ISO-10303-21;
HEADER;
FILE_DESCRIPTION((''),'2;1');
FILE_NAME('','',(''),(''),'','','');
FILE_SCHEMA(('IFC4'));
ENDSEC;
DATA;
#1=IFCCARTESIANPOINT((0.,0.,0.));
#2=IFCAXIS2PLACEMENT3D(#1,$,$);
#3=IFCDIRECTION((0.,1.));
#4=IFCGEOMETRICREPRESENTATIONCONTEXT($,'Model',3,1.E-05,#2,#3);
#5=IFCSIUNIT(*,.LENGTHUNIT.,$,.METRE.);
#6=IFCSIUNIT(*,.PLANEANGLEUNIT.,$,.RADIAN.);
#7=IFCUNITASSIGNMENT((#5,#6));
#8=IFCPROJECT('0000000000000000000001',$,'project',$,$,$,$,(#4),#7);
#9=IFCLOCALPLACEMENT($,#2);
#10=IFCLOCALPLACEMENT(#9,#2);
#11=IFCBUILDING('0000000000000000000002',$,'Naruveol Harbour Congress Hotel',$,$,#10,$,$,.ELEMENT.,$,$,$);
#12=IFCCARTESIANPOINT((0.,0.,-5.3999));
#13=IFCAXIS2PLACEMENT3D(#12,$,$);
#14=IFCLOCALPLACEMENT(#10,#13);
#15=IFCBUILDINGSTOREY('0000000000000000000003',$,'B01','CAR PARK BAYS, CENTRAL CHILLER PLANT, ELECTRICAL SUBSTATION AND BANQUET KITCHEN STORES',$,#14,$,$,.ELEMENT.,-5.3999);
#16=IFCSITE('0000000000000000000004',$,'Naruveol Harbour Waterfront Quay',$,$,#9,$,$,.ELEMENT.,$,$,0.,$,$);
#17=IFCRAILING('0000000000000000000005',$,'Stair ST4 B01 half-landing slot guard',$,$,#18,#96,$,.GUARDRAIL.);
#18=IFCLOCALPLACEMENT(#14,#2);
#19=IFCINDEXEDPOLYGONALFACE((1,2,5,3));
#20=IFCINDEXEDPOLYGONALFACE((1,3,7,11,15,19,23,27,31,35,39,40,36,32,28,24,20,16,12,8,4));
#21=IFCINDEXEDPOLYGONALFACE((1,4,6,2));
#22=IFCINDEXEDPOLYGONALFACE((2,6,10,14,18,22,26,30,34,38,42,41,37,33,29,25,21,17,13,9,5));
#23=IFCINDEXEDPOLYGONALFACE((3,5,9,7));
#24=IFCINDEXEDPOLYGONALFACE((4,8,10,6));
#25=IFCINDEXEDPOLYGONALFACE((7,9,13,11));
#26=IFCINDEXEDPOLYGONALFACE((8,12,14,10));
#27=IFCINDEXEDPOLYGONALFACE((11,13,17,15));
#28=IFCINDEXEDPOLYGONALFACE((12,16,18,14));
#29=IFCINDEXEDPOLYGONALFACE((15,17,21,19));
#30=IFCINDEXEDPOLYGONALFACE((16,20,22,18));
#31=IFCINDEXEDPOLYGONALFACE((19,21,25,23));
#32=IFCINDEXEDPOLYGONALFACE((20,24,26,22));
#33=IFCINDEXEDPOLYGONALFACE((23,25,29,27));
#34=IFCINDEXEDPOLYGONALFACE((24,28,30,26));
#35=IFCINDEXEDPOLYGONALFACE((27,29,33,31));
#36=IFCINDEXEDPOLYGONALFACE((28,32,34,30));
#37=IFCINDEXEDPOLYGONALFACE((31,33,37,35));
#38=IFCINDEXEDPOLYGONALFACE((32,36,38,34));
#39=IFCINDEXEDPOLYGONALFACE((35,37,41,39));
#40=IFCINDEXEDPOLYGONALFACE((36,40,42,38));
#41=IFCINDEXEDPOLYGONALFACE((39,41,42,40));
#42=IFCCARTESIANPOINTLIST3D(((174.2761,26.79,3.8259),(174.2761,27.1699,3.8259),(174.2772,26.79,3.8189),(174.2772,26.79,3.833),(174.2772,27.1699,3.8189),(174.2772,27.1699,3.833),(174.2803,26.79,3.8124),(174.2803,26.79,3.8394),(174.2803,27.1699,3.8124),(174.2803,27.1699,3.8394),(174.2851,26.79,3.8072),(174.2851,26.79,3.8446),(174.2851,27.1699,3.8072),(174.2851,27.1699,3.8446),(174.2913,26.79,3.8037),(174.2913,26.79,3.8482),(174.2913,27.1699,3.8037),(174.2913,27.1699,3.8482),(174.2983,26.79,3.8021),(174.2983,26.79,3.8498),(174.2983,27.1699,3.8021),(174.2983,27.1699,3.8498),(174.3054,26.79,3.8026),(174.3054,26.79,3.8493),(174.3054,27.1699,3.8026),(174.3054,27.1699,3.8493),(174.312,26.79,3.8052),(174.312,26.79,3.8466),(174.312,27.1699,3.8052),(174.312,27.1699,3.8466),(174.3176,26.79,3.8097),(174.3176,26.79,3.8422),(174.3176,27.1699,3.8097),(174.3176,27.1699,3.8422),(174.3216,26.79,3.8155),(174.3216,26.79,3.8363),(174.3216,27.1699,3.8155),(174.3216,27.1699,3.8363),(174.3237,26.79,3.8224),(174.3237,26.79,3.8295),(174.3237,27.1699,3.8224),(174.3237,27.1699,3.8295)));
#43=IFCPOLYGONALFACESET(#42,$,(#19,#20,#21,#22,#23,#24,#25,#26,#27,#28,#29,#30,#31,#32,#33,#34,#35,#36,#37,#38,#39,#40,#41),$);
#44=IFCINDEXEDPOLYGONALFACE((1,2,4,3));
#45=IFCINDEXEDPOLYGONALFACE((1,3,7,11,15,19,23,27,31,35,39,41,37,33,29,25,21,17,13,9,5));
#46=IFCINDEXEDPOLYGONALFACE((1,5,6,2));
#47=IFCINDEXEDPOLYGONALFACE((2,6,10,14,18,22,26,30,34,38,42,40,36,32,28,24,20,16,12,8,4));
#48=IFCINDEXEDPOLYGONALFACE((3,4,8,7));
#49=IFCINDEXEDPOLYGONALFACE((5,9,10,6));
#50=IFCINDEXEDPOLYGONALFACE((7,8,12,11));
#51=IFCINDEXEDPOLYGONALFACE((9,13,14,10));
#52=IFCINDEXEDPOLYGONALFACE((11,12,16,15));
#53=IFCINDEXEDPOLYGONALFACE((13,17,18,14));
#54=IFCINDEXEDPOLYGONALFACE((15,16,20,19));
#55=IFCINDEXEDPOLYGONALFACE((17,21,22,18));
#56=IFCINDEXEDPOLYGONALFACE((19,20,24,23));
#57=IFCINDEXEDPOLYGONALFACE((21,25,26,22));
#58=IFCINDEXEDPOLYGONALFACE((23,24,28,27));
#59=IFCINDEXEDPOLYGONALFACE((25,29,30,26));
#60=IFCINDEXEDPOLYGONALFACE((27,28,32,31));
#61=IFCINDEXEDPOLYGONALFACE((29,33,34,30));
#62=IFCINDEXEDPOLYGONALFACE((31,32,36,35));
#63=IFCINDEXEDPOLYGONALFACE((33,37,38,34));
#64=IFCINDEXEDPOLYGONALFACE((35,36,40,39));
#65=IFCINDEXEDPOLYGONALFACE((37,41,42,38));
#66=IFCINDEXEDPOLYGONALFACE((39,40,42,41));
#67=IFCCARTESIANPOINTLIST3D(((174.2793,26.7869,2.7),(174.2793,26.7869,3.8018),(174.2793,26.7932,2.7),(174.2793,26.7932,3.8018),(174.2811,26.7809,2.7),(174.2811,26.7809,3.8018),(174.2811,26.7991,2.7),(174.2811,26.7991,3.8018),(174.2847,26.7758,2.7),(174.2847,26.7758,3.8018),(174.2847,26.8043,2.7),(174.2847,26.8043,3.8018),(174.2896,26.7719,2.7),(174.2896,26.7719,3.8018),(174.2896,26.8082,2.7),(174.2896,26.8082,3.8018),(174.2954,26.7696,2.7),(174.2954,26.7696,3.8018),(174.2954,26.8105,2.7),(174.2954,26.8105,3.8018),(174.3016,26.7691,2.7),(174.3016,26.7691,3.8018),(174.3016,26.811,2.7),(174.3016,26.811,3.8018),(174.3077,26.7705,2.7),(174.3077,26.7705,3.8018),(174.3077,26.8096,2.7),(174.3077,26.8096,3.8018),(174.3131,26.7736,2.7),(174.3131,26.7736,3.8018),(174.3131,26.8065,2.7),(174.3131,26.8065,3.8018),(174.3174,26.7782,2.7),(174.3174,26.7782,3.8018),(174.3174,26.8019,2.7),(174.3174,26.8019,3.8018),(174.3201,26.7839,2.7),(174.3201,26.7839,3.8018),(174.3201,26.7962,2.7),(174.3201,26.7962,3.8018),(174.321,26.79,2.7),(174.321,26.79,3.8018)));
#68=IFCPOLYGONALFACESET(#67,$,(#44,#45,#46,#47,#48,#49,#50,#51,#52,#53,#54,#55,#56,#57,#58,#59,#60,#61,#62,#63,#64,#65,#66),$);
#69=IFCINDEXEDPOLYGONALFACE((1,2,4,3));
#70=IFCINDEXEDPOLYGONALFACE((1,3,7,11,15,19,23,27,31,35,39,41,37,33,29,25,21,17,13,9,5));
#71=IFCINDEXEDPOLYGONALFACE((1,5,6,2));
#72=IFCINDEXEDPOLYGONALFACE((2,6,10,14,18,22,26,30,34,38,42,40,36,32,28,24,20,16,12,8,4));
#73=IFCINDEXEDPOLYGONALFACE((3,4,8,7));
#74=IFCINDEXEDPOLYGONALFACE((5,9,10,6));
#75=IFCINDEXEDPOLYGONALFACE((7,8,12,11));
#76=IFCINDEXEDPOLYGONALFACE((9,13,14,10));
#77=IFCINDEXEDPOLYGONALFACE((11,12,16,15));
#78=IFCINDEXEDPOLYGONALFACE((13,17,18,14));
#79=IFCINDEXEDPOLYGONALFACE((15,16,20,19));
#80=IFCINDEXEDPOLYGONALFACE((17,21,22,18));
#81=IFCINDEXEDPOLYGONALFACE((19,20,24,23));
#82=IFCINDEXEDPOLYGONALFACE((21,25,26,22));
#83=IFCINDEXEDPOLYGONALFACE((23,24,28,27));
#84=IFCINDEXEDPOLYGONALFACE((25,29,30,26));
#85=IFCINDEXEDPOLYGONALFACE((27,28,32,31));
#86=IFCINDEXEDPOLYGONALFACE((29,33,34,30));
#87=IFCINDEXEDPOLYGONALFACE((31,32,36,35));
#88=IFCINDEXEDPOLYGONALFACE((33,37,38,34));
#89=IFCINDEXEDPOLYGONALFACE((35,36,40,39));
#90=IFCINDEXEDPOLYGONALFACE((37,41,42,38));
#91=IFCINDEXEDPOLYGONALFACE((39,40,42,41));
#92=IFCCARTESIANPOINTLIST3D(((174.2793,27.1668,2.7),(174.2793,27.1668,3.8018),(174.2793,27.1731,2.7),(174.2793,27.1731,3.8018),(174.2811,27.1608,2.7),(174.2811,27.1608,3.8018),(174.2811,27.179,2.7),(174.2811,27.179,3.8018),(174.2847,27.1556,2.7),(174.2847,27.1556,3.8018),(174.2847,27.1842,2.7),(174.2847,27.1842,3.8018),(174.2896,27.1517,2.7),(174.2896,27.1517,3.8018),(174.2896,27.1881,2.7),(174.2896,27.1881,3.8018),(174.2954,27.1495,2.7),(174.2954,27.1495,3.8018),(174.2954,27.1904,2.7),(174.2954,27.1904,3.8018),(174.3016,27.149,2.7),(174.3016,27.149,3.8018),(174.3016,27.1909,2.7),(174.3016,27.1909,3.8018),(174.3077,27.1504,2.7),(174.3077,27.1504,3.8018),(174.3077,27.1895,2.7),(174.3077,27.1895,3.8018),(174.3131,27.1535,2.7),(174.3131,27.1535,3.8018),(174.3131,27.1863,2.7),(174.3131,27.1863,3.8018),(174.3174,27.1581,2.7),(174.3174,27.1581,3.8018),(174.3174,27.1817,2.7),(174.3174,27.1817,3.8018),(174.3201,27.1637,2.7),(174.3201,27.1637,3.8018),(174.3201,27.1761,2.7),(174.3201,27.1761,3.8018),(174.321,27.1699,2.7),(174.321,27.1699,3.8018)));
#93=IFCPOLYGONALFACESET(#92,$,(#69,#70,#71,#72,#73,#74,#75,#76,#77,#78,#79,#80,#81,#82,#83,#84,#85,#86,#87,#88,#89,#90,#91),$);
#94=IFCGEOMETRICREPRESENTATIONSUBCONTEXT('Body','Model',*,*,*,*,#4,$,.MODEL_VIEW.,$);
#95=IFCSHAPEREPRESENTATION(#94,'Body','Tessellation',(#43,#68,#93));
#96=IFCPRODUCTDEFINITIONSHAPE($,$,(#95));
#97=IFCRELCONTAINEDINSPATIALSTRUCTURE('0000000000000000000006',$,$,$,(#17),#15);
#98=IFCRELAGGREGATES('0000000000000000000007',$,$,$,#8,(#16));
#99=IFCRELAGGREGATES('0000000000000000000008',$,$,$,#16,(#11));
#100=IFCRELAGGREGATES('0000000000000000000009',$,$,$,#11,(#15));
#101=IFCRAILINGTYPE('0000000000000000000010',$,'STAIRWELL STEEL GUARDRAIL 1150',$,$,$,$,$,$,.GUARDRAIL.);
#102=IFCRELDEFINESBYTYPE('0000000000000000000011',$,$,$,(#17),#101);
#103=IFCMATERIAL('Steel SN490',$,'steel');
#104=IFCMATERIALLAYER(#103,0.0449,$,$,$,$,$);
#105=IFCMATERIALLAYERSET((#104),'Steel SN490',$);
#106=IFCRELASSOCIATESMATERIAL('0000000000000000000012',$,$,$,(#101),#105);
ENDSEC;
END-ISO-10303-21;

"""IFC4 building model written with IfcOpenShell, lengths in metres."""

from ifc_helpers import new_model, si_unit, direction, frame, origin, origin_2d, place, context, subcontext, project, spatial, circle, extrude, material, layer, layer_set, type_object, element, save


model = new_model("IFC4")

# Units and contexts
model_context = context("Model", 3, precision=1e-05, world=origin(), true_north=direction((0.0, 1.0)))
body_context = subcontext(model_context, "Body", "Model", "MODEL_VIEW")
ifc_project = project(units=[si_unit("LENGTHUNIT", "METRE"), si_unit("PLANEANGLEUNIT", "RADIAN")], contexts=[model_context])

# Site, building, storey
site_placement = place(None, origin())
site = spatial("IfcSite", under=ifc_project, at=site_placement, Name="Naruveol Harbour Waterfront Quay", CompositionType="ELEMENT", RefElevation=0.0)
building_placement = place(site_placement, origin())
building = spatial("IfcBuilding", under=site, at=building_placement, Name="Naruveol Harbour Congress Hotel", CompositionType="ELEMENT")
storey_placement = place(building_placement, frame((0.0, 0.0, -5.3999)))
storey = spatial("IfcBuildingStorey", under=building, at=storey_placement, Name="B01", Description="CAR PARK BAYS, CENTRAL CHILLER PLANT, ELECTRICAL SUBSTATION AND BANQUET KITCHEN STORES", CompositionType="ELEMENT", Elevation=-5.3999)

# Railing
ifc_material_1 = material(Name="Steel SN490", Category="steel")
ifc_layer_1 = layer(ifc_material_1, 0.0449)
ifc_layer_set_1 = layer_set([ifc_layer_1], Name="Steel SN490")
railing_type_1 = type_object("IfcRailingType", Name="STAIRWELL STEEL GUARDRAIL 1150", PredefinedType="GUARDRAIL", material=ifc_layer_set_1)
railing_1_placement = place(storey_placement, frame((174.3, 26.79, 2.7)))
element("IfcRailing", 1, at=railing_1_placement, inside=storey, type_object=railing_type_1, Name="Stair ST4 B01 half-landing slot guard", PredefinedType="GUARDRAIL", context=body_context, shape_type="SweptSolid", body=[
    extrude(circle(Radius=0.0239, at=origin_2d()), frame((0.0, 0.0, 1.126), z_axis=(0.0, 1.0, 0.0), x_axis=(-1.0, 0.0, 0.0)), (0.0, 0.0, 1.0), 0.3799),
    extrude(circle(Radius=0.021, at=origin_2d()), origin(), (0.0, 0.0, 1.0), 1.1018),
    extrude(circle(Radius=0.021, at=origin_2d()), frame((0.0, 0.3799, 0.0)), (0.0, 0.0, 1.0), 1.1018),
])

save(model, "model.ifc")
